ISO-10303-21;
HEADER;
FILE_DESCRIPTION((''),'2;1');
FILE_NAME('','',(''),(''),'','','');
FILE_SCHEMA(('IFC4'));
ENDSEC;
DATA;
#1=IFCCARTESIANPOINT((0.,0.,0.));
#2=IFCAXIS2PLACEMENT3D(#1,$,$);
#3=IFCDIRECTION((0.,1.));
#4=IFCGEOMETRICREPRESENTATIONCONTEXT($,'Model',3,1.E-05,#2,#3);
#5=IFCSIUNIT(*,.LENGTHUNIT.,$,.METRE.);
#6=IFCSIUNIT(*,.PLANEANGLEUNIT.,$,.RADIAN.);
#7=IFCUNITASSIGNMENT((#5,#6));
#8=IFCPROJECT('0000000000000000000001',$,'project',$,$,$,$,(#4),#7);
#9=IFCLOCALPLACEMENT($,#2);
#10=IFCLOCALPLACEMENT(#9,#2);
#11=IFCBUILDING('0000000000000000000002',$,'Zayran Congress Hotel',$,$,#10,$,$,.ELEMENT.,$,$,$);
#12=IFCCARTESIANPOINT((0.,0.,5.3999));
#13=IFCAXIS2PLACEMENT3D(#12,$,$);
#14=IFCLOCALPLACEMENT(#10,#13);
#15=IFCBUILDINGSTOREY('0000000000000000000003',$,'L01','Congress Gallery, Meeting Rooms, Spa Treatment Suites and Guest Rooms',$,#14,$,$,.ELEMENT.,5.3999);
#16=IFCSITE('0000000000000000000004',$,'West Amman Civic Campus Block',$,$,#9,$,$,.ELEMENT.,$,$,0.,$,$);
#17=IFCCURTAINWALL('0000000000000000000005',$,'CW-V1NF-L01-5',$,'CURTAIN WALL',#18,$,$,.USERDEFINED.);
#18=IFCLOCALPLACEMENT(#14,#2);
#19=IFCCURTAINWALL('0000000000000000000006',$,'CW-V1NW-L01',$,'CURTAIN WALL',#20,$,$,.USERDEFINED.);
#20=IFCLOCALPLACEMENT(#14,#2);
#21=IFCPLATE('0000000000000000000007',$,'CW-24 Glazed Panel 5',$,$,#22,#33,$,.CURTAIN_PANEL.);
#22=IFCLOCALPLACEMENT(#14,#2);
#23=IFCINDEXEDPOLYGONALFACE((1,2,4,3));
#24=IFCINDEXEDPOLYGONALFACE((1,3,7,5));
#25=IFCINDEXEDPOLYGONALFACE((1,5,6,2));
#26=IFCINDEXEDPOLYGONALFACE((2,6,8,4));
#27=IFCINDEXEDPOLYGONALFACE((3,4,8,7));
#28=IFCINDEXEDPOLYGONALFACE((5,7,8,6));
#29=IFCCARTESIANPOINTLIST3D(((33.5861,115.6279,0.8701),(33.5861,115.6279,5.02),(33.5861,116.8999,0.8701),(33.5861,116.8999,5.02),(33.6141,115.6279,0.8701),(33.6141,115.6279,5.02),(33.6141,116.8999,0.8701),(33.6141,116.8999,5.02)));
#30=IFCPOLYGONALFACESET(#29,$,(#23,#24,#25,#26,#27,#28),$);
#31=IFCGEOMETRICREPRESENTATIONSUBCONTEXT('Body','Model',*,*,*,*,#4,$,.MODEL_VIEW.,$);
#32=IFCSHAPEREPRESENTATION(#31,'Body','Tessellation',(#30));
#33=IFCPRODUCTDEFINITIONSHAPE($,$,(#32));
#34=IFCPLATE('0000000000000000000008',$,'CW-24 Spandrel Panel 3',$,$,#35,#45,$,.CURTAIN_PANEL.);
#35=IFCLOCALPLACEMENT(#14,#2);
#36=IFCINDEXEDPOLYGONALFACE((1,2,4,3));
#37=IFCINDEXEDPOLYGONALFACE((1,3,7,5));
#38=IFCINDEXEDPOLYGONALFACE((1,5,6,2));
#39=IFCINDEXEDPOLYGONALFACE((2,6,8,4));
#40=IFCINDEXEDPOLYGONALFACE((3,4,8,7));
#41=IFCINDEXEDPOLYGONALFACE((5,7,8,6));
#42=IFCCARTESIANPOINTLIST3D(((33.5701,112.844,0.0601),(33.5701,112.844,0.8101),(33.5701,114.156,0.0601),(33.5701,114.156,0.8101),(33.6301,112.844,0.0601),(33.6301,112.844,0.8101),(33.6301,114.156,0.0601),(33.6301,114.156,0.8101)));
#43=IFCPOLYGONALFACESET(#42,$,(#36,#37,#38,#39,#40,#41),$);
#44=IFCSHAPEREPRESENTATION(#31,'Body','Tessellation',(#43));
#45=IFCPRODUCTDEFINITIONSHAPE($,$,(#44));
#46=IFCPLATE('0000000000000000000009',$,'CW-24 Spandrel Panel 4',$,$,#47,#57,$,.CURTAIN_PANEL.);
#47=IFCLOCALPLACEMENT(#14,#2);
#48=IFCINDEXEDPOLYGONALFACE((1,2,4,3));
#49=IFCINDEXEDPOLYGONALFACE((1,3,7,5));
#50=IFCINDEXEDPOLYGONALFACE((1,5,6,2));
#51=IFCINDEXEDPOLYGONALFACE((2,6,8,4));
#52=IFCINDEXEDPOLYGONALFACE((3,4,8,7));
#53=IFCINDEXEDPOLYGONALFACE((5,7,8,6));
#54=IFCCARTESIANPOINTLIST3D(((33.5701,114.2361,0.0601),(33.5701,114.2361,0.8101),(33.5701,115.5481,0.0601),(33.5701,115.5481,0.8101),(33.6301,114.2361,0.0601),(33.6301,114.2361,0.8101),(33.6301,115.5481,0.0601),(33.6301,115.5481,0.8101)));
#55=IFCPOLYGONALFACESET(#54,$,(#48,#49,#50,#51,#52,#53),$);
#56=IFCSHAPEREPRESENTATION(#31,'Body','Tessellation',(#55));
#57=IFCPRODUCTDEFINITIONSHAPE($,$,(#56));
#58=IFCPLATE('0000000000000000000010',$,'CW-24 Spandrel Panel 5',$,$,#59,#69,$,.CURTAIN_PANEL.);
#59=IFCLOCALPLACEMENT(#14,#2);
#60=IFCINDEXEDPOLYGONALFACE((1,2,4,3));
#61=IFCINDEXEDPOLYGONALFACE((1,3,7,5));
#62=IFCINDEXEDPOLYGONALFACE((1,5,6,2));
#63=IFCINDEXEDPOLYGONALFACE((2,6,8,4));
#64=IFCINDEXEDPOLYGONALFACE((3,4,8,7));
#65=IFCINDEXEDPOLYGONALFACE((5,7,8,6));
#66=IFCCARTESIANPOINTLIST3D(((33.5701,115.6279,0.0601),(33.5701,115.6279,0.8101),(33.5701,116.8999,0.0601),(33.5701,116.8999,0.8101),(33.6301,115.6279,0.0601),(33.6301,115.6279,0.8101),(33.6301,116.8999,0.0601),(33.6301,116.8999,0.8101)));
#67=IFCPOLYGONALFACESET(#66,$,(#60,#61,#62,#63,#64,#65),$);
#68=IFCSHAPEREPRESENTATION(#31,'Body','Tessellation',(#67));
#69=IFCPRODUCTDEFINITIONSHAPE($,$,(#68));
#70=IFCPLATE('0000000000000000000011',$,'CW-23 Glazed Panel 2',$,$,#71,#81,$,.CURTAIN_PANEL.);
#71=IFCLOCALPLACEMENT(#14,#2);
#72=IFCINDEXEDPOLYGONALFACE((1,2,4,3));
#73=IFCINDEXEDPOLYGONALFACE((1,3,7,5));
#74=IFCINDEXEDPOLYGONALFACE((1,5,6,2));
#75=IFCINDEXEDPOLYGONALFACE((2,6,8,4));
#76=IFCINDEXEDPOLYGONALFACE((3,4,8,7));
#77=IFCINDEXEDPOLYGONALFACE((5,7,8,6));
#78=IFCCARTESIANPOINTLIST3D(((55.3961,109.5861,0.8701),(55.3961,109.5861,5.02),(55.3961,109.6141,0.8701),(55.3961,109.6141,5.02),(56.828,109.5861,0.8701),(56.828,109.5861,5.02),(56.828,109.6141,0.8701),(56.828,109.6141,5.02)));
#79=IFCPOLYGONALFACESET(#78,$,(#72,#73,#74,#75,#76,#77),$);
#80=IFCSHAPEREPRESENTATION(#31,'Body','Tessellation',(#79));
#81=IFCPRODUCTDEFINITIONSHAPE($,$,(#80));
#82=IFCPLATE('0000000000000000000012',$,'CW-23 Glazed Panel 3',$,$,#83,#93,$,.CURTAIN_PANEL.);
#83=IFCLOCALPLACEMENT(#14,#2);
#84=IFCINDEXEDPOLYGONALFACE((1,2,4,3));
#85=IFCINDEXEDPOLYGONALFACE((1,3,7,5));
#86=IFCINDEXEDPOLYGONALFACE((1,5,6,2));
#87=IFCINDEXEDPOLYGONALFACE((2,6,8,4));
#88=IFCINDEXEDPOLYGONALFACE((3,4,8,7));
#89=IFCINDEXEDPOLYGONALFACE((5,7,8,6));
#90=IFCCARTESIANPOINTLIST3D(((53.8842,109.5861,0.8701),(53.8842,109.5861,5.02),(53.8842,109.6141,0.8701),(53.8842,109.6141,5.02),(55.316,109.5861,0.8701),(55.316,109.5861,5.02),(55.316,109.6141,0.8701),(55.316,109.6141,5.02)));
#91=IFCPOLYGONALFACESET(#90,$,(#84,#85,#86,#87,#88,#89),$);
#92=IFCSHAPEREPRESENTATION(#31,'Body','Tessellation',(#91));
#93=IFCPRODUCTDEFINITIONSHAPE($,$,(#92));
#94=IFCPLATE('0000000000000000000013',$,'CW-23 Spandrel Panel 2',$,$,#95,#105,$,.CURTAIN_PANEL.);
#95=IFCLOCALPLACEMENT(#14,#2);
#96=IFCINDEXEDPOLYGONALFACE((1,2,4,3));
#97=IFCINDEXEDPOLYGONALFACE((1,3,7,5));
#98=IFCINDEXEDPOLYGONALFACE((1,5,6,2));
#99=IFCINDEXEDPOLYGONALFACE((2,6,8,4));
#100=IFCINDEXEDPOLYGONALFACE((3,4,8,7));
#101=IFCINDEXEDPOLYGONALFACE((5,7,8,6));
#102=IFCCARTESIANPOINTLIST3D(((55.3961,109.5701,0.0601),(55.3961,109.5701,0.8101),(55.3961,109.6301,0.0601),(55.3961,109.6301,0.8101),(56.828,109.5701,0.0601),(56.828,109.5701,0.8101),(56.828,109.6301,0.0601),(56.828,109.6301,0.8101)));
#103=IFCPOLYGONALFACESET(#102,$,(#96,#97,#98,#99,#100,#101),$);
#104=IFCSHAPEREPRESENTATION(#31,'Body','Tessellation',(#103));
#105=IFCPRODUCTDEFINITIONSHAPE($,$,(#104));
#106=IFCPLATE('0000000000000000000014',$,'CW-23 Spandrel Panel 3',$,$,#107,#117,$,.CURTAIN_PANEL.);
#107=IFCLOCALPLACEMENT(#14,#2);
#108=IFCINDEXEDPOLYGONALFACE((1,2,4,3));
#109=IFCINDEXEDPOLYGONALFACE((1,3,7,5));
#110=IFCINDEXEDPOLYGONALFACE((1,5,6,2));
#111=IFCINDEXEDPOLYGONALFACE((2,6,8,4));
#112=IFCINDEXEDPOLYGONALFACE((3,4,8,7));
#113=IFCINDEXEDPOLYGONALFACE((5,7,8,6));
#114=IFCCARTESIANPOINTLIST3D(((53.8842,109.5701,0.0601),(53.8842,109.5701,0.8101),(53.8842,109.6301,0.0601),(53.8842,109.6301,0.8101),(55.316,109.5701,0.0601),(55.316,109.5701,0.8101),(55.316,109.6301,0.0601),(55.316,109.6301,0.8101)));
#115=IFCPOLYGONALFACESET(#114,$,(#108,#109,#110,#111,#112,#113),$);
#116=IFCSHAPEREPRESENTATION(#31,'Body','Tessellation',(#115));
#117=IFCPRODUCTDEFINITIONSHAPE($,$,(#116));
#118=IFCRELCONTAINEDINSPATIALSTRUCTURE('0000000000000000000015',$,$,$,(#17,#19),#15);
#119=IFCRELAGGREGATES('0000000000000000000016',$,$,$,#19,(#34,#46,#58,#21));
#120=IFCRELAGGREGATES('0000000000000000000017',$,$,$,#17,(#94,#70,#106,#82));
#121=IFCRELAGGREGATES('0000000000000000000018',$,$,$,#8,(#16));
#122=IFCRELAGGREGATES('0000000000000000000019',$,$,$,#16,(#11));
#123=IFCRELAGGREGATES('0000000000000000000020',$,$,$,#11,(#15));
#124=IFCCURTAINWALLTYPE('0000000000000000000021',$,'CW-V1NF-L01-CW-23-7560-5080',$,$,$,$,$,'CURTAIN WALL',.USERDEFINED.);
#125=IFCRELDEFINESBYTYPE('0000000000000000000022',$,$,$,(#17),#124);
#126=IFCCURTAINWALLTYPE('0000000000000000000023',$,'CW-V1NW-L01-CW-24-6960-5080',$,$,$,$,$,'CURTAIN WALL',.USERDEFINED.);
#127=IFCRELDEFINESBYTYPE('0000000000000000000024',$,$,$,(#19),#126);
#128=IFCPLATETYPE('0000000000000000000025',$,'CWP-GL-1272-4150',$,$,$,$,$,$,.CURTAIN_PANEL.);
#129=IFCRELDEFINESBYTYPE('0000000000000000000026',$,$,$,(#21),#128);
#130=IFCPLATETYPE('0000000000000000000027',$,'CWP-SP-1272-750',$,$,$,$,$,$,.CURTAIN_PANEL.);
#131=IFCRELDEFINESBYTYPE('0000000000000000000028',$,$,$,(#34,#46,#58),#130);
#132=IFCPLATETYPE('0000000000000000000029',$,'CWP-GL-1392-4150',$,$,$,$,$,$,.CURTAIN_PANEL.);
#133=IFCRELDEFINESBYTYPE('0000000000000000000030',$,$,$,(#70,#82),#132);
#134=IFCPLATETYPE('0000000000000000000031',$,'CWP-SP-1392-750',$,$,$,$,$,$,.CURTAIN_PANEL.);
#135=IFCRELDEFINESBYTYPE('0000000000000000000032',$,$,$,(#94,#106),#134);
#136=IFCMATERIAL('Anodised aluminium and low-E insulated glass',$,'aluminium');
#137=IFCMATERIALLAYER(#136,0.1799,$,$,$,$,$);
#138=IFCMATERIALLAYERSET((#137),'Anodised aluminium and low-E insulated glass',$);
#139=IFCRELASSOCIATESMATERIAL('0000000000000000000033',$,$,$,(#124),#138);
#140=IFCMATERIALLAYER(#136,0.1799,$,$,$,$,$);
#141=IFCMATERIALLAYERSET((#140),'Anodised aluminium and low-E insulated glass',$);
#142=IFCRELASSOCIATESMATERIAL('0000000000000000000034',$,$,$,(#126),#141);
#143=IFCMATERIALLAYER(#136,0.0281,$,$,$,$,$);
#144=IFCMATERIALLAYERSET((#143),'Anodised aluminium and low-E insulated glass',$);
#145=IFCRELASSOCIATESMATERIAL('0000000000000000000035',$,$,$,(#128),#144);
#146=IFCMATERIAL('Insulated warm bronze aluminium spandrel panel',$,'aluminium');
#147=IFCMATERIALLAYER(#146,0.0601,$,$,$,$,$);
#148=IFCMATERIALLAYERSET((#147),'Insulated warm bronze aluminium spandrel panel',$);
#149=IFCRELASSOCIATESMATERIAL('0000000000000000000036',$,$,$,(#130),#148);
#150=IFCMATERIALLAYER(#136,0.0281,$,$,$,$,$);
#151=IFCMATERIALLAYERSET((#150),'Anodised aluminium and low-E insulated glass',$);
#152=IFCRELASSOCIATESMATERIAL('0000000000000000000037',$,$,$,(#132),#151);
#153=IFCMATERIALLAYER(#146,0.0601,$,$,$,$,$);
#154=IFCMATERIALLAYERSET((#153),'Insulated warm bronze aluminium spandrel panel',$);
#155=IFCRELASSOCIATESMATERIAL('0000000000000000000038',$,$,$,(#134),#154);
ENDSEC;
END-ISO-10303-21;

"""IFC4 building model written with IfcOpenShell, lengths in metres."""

from ifc_helpers import new_model, si_unit, direction, frame, origin, origin_2d, place, context, subcontext, project, spatial, rectangle, extrude, material, layer, layer_set, type_object, element, aggregate, save


model = new_model("IFC4")

# Units and contexts
model_context = context("Model", 3, precision=1e-05, world=origin(), true_north=direction((0.0, 1.0)))
body_context = subcontext(model_context, "Body", "Model", "MODEL_VIEW")
ifc_project = project(units=[si_unit("LENGTHUNIT", "METRE"), si_unit("PLANEANGLEUNIT", "RADIAN")], contexts=[model_context])

# Site, building, storey
site_placement = place(None, origin())
site = spatial("IfcSite", under=ifc_project, at=site_placement, Name="West Amman Civic Campus Block", CompositionType="ELEMENT", RefElevation=0.0)
building_placement = place(site_placement, origin())
building = spatial("IfcBuilding", under=site, at=building_placement, Name="Zayran Congress Hotel", CompositionType="ELEMENT")
storey_placement = place(building_placement, frame((0.0, 0.0, 5.3999)))
storey = spatial("IfcBuildingStorey", under=building, at=storey_placement, Name="L01", Description="Congress Gallery, Meeting Rooms, Spa Treatment Suites and Guest Rooms", CompositionType="ELEMENT", Elevation=5.3999)

# Curtain walls
ifc_material_1 = material(Name="Anodised aluminium and low-E insulated glass", Category="aluminium")
ifc_layer_1 = layer(ifc_material_1, 0.1799)
ifc_layer_set_1 = layer_set([ifc_layer_1], Name="Anodised aluminium and low-E insulated glass")
curtain_wall_type_1 = type_object("IfcCurtainWallType", Name="CW-V1NF-L01-CW-23-7560-5080", ElementType="CURTAIN WALL", PredefinedType="USERDEFINED", material=ifc_layer_set_1)
curtain_wall_1_placement = place(storey_placement, origin())
curtain_wall_1 = element("IfcCurtainWall", 1, at=curtain_wall_1_placement, inside=storey, type_object=curtain_wall_type_1, Name="CW-V1NF-L01-5", ObjectType="CURTAIN WALL", PredefinedType="USERDEFINED")
ifc_layer_2 = layer(ifc_material_1, 0.1799)
ifc_layer_set_2 = layer_set([ifc_layer_2], Name="Anodised aluminium and low-E insulated glass")
curtain_wall_type_2 = type_object("IfcCurtainWallType", Name="CW-V1NW-L01-CW-24-6960-5080", ElementType="CURTAIN WALL", PredefinedType="USERDEFINED", material=ifc_layer_set_2)
curtain_wall_2_placement = place(storey_placement, origin())
curtain_wall_2 = element("IfcCurtainWall", 2, at=curtain_wall_2_placement, inside=storey, type_object=curtain_wall_type_2, Name="CW-V1NW-L01", ObjectType="CURTAIN WALL", PredefinedType="USERDEFINED")

# Plates
ifc_layer_3 = layer(ifc_material_1, 0.0281)
ifc_layer_set_3 = layer_set([ifc_layer_3], Name="Anodised aluminium and low-E insulated glass")
plate_type_1 = type_object("IfcPlateType", Name="CWP-GL-1272-4150", PredefinedType="CURTAIN_PANEL", material=ifc_layer_set_3)
plate_1_placement = place(storey_placement, frame((33.6001, 116.2639, 0.8701), z_axis=(0.0, 0.0, 1.0), x_axis=(0.0, 1.0, 0.0)))
plate_1 = element("IfcPlate", 3, at=plate_1_placement, type_object=plate_type_1, Name="CW-24 Glazed Panel 5", PredefinedType="CURTAIN_PANEL", context=body_context, shape_type="SweptSolid", body=[
    extrude(rectangle(XDim=1.272, YDim=0.0281, at=origin_2d()), origin(), (0.0, 0.0, 1.0), 4.1499),
])
ifc_material_2 = material(Name="Insulated warm bronze aluminium spandrel panel", Category="aluminium")
ifc_layer_4 = layer(ifc_material_2, 0.0601)
ifc_layer_set_4 = layer_set([ifc_layer_4], Name="Insulated warm bronze aluminium spandrel panel")
plate_type_2 = type_object("IfcPlateType", Name="CWP-SP-1272-750", PredefinedType="CURTAIN_PANEL", material=ifc_layer_set_4)
plate_2_placement = place(storey_placement, frame((33.6001, 113.5, 0.0601), z_axis=(0.0, 0.0, 1.0), x_axis=(0.0, 1.0, 0.0)))
plate_2 = element("IfcPlate", 4, at=plate_2_placement, type_object=plate_type_2, Name="CW-24 Spandrel Panel 3", PredefinedType="CURTAIN_PANEL", context=body_context, shape_type="SweptSolid", body=[
    extrude(rectangle(XDim=1.312, YDim=0.0601, at=origin_2d()), origin(), (0.0, 0.0, 1.0), 0.75),
])
plate_3_placement = place(storey_placement, frame((33.6001, 114.8921, 0.0601), z_axis=(0.0, 0.0, 1.0), x_axis=(0.0, 1.0, 0.0)))
plate_3 = element("IfcPlate", 5, at=plate_3_placement, type_object=plate_type_2, Name="CW-24 Spandrel Panel 4", PredefinedType="CURTAIN_PANEL", context=body_context, shape_type="SweptSolid", body=[
    extrude(rectangle(XDim=1.312, YDim=0.0601, at=origin_2d()), origin(), (0.0, 0.0, 1.0), 0.75),
])
plate_4_placement = place(storey_placement, frame((33.6001, 116.2639, 0.0601), z_axis=(0.0, 0.0, 1.0), x_axis=(0.0, 1.0, 0.0)))
plate_4 = element("IfcPlate", 6, at=plate_4_placement, type_object=plate_type_2, Name="CW-24 Spandrel Panel 5", PredefinedType="CURTAIN_PANEL", context=body_context, shape_type="SweptSolid", body=[
    extrude(rectangle(XDim=1.272, YDim=0.0601, at=origin_2d()), origin(), (0.0, 0.0, 1.0), 0.75),
])
aggregate(curtain_wall_2, [plate_2, plate_3, plate_4, plate_1])
ifc_layer_5 = layer(ifc_material_1, 0.0281)
ifc_layer_set_5 = layer_set([ifc_layer_5], Name="Anodised aluminium and low-E insulated glass")
plate_type_3 = type_object("IfcPlateType", Name="CWP-GL-1392-4150", PredefinedType="CURTAIN_PANEL", material=ifc_layer_set_5)
plate_5_placement = place(storey_placement, frame((56.1121, 109.6001, 0.8701), z_axis=(0.0, 0.0, 1.0), x_axis=(1.0, 0.0, 0.0)))
plate_5 = element("IfcPlate", 7, at=plate_5_placement, type_object=plate_type_3, Name="CW-23 Glazed Panel 2", PredefinedType="CURTAIN_PANEL", context=body_context, shape_type="SweptSolid", body=[
    extrude(rectangle(XDim=1.4319, YDim=0.0281, at=origin_2d()), origin(), (0.0, 0.0, 1.0), 4.1499),
])
plate_6_placement = place(storey_placement, frame((54.6001, 109.6001, 0.8701), z_axis=(0.0, 0.0, 1.0), x_axis=(1.0, 0.0, 0.0)))
plate_6 = element("IfcPlate", 8, at=plate_6_placement, type_object=plate_type_3, Name="CW-23 Glazed Panel 3", PredefinedType="CURTAIN_PANEL", context=body_context, shape_type="SweptSolid", body=[
    extrude(rectangle(XDim=1.4319, YDim=0.0281, at=origin_2d()), origin(), (0.0, 0.0, 1.0), 4.1499),
])
ifc_layer_6 = layer(ifc_material_2, 0.0601)
ifc_layer_set_6 = layer_set([ifc_layer_6], Name="Insulated warm bronze aluminium spandrel panel")
plate_type_4 = type_object("IfcPlateType", Name="CWP-SP-1392-750", PredefinedType="CURTAIN_PANEL", material=ifc_layer_set_6)
plate_7_placement = place(storey_placement, frame((56.1121, 109.6001, 0.0601), z_axis=(0.0, 0.0, 1.0), x_axis=(1.0, 0.0, 0.0)))
plate_7 = element("IfcPlate", 9, at=plate_7_placement, type_object=plate_type_4, Name="CW-23 Spandrel Panel 2", PredefinedType="CURTAIN_PANEL", context=body_context, shape_type="SweptSolid", body=[
    extrude(rectangle(XDim=1.4319, YDim=0.0601, at=origin_2d()), origin(), (0.0, 0.0, 1.0), 0.75),
])
plate_8_placement = place(storey_placement, frame((54.6001, 109.6001, 0.0601), z_axis=(0.0, 0.0, 1.0), x_axis=(1.0, 0.0, 0.0)))
plate_8 = element("IfcPlate", 10, at=plate_8_placement, type_object=plate_type_4, Name="CW-23 Spandrel Panel 3", PredefinedType="CURTAIN_PANEL", context=body_context, shape_type="SweptSolid", body=[
    extrude(rectangle(XDim=1.4319, YDim=0.0601, at=origin_2d()), origin(), (0.0, 0.0, 1.0), 0.75),
])
aggregate(curtain_wall_1, [plate_7, plate_5, plate_8, plate_6])

save(model, "model.ifc")
